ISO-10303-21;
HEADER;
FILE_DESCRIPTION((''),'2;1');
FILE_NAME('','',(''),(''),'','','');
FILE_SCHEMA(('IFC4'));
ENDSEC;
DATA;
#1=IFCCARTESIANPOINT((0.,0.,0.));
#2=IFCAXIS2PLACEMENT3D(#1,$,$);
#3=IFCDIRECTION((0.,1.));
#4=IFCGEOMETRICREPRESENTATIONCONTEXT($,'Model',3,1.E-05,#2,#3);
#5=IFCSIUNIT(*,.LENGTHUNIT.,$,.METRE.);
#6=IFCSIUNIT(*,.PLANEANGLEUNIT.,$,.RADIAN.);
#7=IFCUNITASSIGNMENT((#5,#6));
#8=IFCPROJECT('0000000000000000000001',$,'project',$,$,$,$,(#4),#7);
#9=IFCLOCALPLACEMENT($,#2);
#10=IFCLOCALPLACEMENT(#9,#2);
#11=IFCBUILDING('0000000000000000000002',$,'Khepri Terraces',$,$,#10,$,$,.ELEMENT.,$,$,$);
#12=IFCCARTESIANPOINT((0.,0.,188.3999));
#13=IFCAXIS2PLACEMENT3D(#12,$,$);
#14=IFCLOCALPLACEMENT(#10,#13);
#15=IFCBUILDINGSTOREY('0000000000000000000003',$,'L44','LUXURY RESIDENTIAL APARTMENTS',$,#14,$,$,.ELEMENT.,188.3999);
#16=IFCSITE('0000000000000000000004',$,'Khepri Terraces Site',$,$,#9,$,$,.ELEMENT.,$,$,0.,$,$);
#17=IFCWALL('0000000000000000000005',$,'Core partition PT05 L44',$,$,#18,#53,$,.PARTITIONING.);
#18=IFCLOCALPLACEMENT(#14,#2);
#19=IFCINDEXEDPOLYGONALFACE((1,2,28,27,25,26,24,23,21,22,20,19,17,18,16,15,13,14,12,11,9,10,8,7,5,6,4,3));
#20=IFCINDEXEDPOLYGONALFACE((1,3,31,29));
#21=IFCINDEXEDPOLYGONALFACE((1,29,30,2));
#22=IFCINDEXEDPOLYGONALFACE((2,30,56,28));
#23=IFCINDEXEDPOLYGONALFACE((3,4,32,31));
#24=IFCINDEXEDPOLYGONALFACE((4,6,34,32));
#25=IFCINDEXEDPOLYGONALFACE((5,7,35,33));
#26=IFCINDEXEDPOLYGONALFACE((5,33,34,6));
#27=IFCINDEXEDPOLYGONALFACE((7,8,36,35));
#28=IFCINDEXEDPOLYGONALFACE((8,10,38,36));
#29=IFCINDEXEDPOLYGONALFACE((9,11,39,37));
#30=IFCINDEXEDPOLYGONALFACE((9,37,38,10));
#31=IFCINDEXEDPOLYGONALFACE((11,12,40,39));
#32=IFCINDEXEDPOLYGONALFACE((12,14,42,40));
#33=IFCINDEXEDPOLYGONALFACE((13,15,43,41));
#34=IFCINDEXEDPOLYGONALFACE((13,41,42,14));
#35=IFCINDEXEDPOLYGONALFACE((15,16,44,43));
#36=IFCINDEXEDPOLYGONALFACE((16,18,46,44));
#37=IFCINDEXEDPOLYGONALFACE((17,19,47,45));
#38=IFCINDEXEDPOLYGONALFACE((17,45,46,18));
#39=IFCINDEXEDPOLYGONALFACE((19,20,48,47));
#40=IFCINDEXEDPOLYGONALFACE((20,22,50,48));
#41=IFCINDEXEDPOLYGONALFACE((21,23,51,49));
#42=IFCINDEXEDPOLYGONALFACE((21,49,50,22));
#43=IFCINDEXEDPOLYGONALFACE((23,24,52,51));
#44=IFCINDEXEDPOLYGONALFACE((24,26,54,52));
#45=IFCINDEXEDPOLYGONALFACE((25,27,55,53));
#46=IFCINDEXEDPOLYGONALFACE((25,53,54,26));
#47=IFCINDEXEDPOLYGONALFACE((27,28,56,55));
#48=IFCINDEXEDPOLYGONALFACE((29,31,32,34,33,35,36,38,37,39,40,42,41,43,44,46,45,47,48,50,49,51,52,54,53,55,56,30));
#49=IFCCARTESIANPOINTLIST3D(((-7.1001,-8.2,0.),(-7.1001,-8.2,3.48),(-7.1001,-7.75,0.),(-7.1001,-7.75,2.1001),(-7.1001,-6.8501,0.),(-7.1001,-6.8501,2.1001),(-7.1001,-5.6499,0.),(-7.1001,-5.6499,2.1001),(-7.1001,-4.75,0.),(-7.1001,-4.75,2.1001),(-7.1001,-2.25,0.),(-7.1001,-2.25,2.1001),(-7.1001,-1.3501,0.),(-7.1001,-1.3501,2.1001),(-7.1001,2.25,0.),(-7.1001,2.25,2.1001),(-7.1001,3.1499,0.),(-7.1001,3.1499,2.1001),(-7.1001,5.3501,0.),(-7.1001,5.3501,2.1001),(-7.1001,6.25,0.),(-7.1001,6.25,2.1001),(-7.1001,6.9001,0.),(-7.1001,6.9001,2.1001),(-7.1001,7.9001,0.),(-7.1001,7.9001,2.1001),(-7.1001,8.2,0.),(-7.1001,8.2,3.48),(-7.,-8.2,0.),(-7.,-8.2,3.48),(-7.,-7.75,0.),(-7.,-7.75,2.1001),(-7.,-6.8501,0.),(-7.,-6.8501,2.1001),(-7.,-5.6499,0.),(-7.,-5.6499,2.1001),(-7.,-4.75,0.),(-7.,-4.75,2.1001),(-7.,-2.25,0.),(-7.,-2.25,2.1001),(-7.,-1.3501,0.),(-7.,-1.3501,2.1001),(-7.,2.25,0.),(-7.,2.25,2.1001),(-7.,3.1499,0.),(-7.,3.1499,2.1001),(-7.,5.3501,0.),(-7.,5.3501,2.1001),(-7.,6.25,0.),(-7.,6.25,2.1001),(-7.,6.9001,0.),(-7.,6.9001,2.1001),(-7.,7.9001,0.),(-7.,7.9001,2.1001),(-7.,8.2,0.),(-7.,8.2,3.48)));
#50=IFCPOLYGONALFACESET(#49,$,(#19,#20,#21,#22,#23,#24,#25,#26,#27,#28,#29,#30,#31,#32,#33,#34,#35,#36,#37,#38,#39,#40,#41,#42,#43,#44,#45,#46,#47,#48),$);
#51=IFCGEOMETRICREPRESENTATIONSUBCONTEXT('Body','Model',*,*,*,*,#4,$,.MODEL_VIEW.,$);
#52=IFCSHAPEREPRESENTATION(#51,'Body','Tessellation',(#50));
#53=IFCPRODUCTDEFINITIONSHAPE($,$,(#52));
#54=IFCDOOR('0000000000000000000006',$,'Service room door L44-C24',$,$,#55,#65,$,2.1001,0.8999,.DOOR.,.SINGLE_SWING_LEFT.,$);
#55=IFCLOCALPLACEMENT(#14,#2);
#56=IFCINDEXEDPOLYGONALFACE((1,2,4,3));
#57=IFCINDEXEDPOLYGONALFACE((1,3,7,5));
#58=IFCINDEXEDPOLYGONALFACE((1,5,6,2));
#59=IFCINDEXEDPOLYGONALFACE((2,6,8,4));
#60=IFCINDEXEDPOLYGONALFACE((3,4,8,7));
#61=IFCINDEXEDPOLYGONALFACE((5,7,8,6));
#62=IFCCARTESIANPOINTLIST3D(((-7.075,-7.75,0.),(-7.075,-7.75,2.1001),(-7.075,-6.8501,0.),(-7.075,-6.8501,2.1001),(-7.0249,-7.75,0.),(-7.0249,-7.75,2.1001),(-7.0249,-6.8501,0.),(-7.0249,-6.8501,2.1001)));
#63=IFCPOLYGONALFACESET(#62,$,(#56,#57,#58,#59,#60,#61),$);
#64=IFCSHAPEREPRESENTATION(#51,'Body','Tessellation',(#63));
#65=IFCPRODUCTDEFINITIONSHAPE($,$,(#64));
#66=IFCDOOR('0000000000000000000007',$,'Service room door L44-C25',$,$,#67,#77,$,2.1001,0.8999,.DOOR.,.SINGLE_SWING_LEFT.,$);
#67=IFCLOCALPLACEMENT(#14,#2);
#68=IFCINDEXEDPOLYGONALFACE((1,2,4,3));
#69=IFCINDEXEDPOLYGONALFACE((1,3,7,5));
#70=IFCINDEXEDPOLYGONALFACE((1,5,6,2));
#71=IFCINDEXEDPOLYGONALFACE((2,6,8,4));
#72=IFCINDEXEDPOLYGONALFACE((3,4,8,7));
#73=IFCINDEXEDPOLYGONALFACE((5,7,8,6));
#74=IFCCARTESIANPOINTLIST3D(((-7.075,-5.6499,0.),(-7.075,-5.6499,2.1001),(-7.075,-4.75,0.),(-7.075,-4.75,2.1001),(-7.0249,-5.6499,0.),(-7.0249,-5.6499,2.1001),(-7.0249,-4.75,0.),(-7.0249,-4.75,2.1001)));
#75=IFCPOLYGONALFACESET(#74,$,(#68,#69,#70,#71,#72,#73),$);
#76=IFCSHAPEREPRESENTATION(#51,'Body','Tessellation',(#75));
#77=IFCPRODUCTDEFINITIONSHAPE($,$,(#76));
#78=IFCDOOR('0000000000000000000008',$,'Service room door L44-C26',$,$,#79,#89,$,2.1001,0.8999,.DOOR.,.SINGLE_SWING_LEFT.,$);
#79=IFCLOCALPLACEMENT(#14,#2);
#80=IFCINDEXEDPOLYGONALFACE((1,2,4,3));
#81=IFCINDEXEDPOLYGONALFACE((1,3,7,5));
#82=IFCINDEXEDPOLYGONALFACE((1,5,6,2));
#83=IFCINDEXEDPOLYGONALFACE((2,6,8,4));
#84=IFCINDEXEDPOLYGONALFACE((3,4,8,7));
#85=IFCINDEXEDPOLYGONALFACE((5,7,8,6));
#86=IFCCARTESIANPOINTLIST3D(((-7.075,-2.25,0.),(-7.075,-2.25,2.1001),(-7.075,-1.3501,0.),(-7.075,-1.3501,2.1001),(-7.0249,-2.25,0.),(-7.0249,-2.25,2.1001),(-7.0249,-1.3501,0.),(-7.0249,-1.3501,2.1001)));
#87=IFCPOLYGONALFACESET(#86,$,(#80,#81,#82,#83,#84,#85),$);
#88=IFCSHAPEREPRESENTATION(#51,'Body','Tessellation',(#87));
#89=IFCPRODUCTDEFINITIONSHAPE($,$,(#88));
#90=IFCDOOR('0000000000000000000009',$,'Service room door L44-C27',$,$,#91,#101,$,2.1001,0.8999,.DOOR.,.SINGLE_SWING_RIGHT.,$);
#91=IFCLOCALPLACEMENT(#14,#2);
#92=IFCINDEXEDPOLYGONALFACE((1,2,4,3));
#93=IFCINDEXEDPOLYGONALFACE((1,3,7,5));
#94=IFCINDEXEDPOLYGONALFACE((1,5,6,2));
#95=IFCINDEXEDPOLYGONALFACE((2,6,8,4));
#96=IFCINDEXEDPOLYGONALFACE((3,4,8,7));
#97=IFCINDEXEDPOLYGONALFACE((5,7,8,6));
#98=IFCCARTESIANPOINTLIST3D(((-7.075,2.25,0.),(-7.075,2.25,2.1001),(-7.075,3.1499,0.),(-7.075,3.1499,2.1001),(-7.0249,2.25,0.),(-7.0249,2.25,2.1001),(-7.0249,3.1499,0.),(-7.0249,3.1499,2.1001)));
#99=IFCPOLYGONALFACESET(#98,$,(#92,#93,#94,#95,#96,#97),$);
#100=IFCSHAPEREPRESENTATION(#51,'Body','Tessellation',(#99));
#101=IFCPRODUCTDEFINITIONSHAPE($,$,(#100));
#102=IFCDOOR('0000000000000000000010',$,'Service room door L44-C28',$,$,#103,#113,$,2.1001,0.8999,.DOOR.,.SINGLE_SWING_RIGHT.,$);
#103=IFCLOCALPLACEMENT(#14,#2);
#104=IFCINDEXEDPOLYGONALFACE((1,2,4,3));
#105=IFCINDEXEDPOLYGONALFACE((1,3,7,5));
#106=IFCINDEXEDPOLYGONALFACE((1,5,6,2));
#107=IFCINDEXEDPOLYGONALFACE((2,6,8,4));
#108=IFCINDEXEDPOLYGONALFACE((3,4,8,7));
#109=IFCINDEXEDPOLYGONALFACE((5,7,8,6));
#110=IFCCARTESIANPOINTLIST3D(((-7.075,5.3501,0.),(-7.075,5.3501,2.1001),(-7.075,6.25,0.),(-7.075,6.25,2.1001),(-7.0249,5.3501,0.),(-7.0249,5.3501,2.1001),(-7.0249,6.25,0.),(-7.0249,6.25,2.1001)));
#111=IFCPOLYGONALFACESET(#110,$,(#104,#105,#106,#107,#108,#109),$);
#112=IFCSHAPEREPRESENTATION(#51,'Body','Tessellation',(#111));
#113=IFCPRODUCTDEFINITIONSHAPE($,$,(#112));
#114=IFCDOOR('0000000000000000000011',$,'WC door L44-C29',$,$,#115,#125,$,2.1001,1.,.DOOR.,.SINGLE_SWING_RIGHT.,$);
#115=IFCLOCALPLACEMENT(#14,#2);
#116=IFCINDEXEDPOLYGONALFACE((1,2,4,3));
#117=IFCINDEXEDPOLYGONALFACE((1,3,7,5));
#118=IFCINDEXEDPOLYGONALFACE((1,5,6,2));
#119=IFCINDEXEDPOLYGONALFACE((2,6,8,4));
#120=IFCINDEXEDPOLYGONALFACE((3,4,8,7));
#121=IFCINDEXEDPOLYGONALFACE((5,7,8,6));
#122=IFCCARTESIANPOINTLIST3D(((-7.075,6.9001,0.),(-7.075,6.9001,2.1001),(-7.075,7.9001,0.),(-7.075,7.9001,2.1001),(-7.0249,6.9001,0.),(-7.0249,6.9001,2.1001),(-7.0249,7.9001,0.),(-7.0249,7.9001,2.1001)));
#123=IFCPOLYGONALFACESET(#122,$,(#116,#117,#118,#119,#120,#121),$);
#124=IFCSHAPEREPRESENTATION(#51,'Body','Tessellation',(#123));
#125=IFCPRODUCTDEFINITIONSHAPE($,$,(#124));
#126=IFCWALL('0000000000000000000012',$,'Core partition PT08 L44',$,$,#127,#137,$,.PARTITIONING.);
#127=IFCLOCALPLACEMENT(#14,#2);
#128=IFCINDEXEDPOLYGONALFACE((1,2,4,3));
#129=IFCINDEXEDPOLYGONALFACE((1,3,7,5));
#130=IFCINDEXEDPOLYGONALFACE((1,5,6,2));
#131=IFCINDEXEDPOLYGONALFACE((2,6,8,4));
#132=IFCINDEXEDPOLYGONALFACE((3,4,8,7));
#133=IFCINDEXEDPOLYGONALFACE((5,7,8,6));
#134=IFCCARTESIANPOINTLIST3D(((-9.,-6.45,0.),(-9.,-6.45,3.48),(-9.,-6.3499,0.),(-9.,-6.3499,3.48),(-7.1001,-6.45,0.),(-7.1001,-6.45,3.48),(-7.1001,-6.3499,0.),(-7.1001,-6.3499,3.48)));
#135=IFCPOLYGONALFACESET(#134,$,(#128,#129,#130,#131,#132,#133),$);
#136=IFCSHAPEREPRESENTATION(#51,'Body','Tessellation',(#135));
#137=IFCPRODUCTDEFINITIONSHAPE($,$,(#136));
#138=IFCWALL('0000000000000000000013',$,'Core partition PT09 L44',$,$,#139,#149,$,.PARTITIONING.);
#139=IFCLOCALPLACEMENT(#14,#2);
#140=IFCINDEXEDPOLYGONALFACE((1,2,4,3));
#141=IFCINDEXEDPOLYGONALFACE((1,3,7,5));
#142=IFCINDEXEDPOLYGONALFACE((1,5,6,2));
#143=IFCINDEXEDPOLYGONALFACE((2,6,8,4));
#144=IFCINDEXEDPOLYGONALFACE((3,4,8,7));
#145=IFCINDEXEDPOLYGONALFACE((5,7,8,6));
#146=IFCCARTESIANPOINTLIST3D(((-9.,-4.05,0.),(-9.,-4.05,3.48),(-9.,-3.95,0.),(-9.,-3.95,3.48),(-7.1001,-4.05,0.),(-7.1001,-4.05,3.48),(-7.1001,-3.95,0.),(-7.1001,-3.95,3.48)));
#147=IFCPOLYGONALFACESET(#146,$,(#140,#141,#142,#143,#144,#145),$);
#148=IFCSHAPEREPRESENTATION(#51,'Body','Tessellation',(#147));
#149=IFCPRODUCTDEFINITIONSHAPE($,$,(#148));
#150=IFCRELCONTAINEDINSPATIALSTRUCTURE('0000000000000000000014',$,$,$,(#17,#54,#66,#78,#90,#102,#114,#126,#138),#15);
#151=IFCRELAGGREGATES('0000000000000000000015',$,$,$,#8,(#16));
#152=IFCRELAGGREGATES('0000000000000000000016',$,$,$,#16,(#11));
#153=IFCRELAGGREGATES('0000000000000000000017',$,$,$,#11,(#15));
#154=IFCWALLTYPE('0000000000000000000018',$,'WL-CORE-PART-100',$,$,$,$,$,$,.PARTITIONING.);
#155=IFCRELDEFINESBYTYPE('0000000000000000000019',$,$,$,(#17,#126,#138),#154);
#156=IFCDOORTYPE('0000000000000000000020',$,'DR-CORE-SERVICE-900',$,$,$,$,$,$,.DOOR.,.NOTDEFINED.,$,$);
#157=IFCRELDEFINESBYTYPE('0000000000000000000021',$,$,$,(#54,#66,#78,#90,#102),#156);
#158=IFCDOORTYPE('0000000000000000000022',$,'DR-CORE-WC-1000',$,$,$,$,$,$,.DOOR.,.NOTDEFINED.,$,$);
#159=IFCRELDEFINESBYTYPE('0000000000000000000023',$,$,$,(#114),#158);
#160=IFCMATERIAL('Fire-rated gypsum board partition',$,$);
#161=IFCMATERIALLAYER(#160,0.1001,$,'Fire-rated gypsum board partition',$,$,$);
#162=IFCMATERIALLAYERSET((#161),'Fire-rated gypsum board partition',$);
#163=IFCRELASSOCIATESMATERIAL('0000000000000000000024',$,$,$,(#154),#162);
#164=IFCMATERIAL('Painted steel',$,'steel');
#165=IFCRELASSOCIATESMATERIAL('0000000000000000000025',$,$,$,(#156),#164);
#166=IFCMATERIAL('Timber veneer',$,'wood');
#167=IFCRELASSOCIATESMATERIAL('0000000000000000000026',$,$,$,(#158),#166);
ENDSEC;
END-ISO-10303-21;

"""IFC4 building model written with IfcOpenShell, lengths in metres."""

from ifc_helpers import new_model, si_unit, direction, frame, frame_2d, origin, place, context, subcontext, project, spatial, rectangle, extrude, material, layer, layer_set, type_object, element, fill, save


model = new_model("IFC4")

# Units and contexts
model_context = context("Model", 3, precision=1e-05, world=origin(), true_north=direction((0.0, 1.0)))
body_context = subcontext(model_context, "Body", "Model", "MODEL_VIEW")
ifc_project = project(units=[si_unit("LENGTHUNIT", "METRE"), si_unit("PLANEANGLEUNIT", "RADIAN")], contexts=[model_context])

# Site, building, storey
site_placement = place(None, origin())
site = spatial("IfcSite", under=ifc_project, at=site_placement, Name="Khepri Terraces Site", CompositionType="ELEMENT", RefElevation=0.0)
building_placement = place(site_placement, origin())
building = spatial("IfcBuilding", under=site, at=building_placement, Name="Khepri Terraces", CompositionType="ELEMENT")
storey_placement = place(building_placement, frame((0.0, 0.0, 188.3999)))
storey = spatial("IfcBuildingStorey", under=building, at=storey_placement, Name="L44", Description="LUXURY RESIDENTIAL APARTMENTS", CompositionType="ELEMENT", Elevation=188.3999)

# Shared definitions
ifc_material_1 = material(Name="Painted steel", Category="steel")

# Wall, openings, doors
ifc_material_2 = material(Name="Fire-rated gypsum board partition")
ifc_layer_1 = layer(ifc_material_2, 0.1001, Name="Fire-rated gypsum board partition")
ifc_layer_set_1 = layer_set([ifc_layer_1], Name="Fire-rated gypsum board partition")
wall_type_1 = type_object("IfcWallType", Name="WL-CORE-PART-100", PredefinedType="PARTITIONING", material=ifc_layer_set_1)
wall_1_placement = place(storey_placement, frame((-7.05, -8.2, 0.0), z_axis=(0.0, 0.0, 1.0), x_axis=(0.0, 1.0, 0.0)))
wall_1 = element("IfcWall", 1, at=wall_1_placement, inside=storey, type_object=wall_type_1, Name="Core partition PT05 L44", PredefinedType="PARTITIONING", context=body_context, shape_type="SweptSolid", body=[
    extrude(rectangle(XDim=16.3999, YDim=0.1001, at=frame_2d((8.2, 0.0))), origin(), (0.0, 0.0, 1.0), 3.48),
])
opening_1_placement = place(wall_1_placement, frame((0.45, 0.0, 0.0)))
opening_1 = element("IfcOpeningElement", 2, at=opening_1_placement, cuts=wall_1, PredefinedType="OPENING", context=body_context, shape_type="SweptSolid", body=[
    extrude(rectangle(XDim=0.8999, YDim=2.1001, at=frame_2d((0.45, 1.05))), frame((0.0, 0.0601, 0.0), z_axis=(0.0, -1.0, 0.0), x_axis=(1.0, 0.0, 0.0)), (0.0, 0.0, 1.0), 0.1201),
])
opening_2_placement = place(wall_1_placement, frame((2.55, 0.0, 0.0)))
opening_2 = element("IfcOpeningElement", 3, at=opening_2_placement, cuts=wall_1, PredefinedType="OPENING", context=body_context, shape_type="SweptSolid", body=[
    extrude(rectangle(XDim=0.8999, YDim=2.1001, at=frame_2d((0.45, 1.05))), frame((0.0, 0.0601, 0.0), z_axis=(0.0, -1.0, 0.0), x_axis=(1.0, 0.0, 0.0)), (0.0, 0.0, 1.0), 0.1201),
])
opening_3_placement = place(wall_1_placement, frame((5.95, 0.0, 0.0)))
opening_3 = element("IfcOpeningElement", 4, at=opening_3_placement, cuts=wall_1, PredefinedType="OPENING", context=body_context, shape_type="SweptSolid", body=[
    extrude(rectangle(XDim=0.8999, YDim=2.1001, at=frame_2d((0.45, 1.05))), frame((0.0, 0.0601, 0.0), z_axis=(0.0, -1.0, 0.0), x_axis=(1.0, 0.0, 0.0)), (0.0, 0.0, 1.0), 0.1201),
])
opening_4_placement = place(wall_1_placement, frame((10.45, 0.0, 0.0)))
opening_4 = element("IfcOpeningElement", 5, at=opening_4_placement, cuts=wall_1, PredefinedType="OPENING", context=body_context, shape_type="SweptSolid", body=[
    extrude(rectangle(XDim=0.8999, YDim=2.1001, at=frame_2d((0.45, 1.05))), frame((0.0, 0.0601, 0.0), z_axis=(0.0, -1.0, 0.0), x_axis=(1.0, 0.0, 0.0)), (0.0, 0.0, 1.0), 0.1201),
])
opening_5_placement = place(wall_1_placement, frame((13.55, 0.0, 0.0)))
opening_5 = element("IfcOpeningElement", 6, at=opening_5_placement, cuts=wall_1, PredefinedType="OPENING", context=body_context, shape_type="SweptSolid", body=[
    extrude(rectangle(XDim=0.8999, YDim=2.1001, at=frame_2d((0.45, 1.05))), frame((0.0, 0.0601, 0.0), z_axis=(0.0, -1.0, 0.0), x_axis=(1.0, 0.0, 0.0)), (0.0, 0.0, 1.0), 0.1201),
])
opening_6_placement = place(wall_1_placement, frame((15.1001, 0.0, 0.0)))
opening_6 = element("IfcOpeningElement", 7, at=opening_6_placement, cuts=wall_1, PredefinedType="OPENING", context=body_context, shape_type="SweptSolid", body=[
    extrude(rectangle(XDim=1.0, YDim=2.1001, at=frame_2d((0.5, 1.05))), frame((0.0, 0.0601, 0.0), z_axis=(0.0, -1.0, 0.0), x_axis=(1.0, 0.0, 0.0)), (0.0, 0.0, 1.0), 0.1201),
])
door_type_1 = type_object("IfcDoorType", Name="DR-CORE-SERVICE-900", OperationType="NOTDEFINED", PredefinedType="DOOR", material=ifc_material_1)
door_1_placement = place(opening_1_placement, origin())
door_1 = element("IfcDoor", 8, at=door_1_placement, inside=storey, type_object=door_type_1, Name="Service room door L44-C24", OperationType="SINGLE_SWING_LEFT", OverallHeight=2.1001, OverallWidth=0.8999, PredefinedType="DOOR", context=body_context, shape_type="SweptSolid", body=[
    extrude(rectangle(XDim=0.8999, YDim=2.1001, at=frame_2d((0.45, 1.05))), frame((0.0, 0.0249, 0.0), z_axis=(0.0, -1.0, 0.0), x_axis=(1.0, 0.0, 0.0)), (0.0, 0.0, 1.0), 0.05),
])
fill(opening_1, door_1)
door_2_placement = place(opening_2_placement, origin())
door_2 = element("IfcDoor", 9, at=door_2_placement, inside=storey, type_object=door_type_1, Name="Service room door L44-C25", OperationType="SINGLE_SWING_LEFT", OverallHeight=2.1001, OverallWidth=0.8999, PredefinedType="DOOR", context=body_context, shape_type="SweptSolid", body=[
    extrude(rectangle(XDim=0.8999, YDim=2.1001, at=frame_2d((0.45, 1.05))), frame((0.0, 0.0249, 0.0), z_axis=(0.0, -1.0, 0.0), x_axis=(1.0, 0.0, 0.0)), (0.0, 0.0, 1.0), 0.05),
])
fill(opening_2, door_2)
door_3_placement = place(opening_3_placement, origin())
door_3 = element("IfcDoor", 10, at=door_3_placement, inside=storey, type_object=door_type_1, Name="Service room door L44-C26", OperationType="SINGLE_SWING_LEFT", OverallHeight=2.1001, OverallWidth=0.8999, PredefinedType="DOOR", context=body_context, shape_type="SweptSolid", body=[
    extrude(rectangle(XDim=0.8999, YDim=2.1001, at=frame_2d((0.45, 1.05))), frame((0.0, 0.0249, 0.0), z_axis=(0.0, -1.0, 0.0), x_axis=(1.0, 0.0, 0.0)), (0.0, 0.0, 1.0), 0.05),
])
fill(opening_3, door_3)
door_4_placement = place(opening_4_placement, origin())
door_4 = element("IfcDoor", 11, at=door_4_placement, inside=storey, type_object=door_type_1, Name="Service room door L44-C27", OperationType="SINGLE_SWING_RIGHT", OverallHeight=2.1001, OverallWidth=0.8999, PredefinedType="DOOR", context=body_context, shape_type="SweptSolid", body=[
    extrude(rectangle(XDim=0.8999, YDim=2.1001, at=frame_2d((0.45, 1.05))), frame((0.0, 0.0249, 0.0), z_axis=(0.0, -1.0, 0.0), x_axis=(1.0, 0.0, 0.0)), (0.0, 0.0, 1.0), 0.05),
])
fill(opening_4, door_4)
door_5_placement = place(opening_5_placement, origin())
door_5 = element("IfcDoor", 12, at=door_5_placement, inside=storey, type_object=door_type_1, Name="Service room door L44-C28", OperationType="SINGLE_SWING_RIGHT", OverallHeight=2.1001, OverallWidth=0.8999, PredefinedType="DOOR", context=body_context, shape_type="SweptSolid", body=[
    extrude(rectangle(XDim=0.8999, YDim=2.1001, at=frame_2d((0.45, 1.05))), frame((0.0, 0.0249, 0.0), z_axis=(0.0, -1.0, 0.0), x_axis=(1.0, 0.0, 0.0)), (0.0, 0.0, 1.0), 0.05),
])
fill(opening_5, door_5)
ifc_material_3 = material(Name="Timber veneer", Category="wood")
door_type_2 = type_object("IfcDoorType", Name="DR-CORE-WC-1000", OperationType="NOTDEFINED", PredefinedType="DOOR", material=ifc_material_3)
door_6_placement = place(opening_6_placement, origin())
door_6 = element("IfcDoor", 13, at=door_6_placement, inside=storey, type_object=door_type_2, Name="WC door L44-C29", OperationType="SINGLE_SWING_RIGHT", OverallHeight=2.1001, OverallWidth=1.0, PredefinedType="DOOR", context=body_context, shape_type="SweptSolid", body=[
    extrude(rectangle(XDim=1.0, YDim=2.1001, at=frame_2d((0.5, 1.05))), frame((0.0, 0.0249, 0.0), z_axis=(0.0, -1.0, 0.0), x_axis=(1.0, 0.0, 0.0)), (0.0, 0.0, 1.0), 0.05),
])
fill(opening_6, door_6)

# Walls
for number, where, z_axis, x_axis, name in (
    (14, (-9.0, -6.3999, 0.0), (0.0, 0.0, 1.0), (1.0, 0.0, 0.0), "Core partition PT08 L44"),
    (15, (-9.0, -4.0, 0.0), (0.0, 0.0, 1.0), (1.0, 0.0, 0.0), "Core partition PT09 L44"),
):
    element("IfcWall", number, at=place(storey_placement, frame(where, z_axis=z_axis, x_axis=x_axis)), inside=storey, type_object=wall_type_1, Name=name, PredefinedType="PARTITIONING", context=body_context, shape_type="SweptSolid", body=[
        extrude(rectangle(XDim=1.8999, YDim=0.1001, at=frame_2d((0.95, 0.0))), origin(), (0.0, 0.0, 1.0), 3.48),
    ])

save(model, "model.ifc")
